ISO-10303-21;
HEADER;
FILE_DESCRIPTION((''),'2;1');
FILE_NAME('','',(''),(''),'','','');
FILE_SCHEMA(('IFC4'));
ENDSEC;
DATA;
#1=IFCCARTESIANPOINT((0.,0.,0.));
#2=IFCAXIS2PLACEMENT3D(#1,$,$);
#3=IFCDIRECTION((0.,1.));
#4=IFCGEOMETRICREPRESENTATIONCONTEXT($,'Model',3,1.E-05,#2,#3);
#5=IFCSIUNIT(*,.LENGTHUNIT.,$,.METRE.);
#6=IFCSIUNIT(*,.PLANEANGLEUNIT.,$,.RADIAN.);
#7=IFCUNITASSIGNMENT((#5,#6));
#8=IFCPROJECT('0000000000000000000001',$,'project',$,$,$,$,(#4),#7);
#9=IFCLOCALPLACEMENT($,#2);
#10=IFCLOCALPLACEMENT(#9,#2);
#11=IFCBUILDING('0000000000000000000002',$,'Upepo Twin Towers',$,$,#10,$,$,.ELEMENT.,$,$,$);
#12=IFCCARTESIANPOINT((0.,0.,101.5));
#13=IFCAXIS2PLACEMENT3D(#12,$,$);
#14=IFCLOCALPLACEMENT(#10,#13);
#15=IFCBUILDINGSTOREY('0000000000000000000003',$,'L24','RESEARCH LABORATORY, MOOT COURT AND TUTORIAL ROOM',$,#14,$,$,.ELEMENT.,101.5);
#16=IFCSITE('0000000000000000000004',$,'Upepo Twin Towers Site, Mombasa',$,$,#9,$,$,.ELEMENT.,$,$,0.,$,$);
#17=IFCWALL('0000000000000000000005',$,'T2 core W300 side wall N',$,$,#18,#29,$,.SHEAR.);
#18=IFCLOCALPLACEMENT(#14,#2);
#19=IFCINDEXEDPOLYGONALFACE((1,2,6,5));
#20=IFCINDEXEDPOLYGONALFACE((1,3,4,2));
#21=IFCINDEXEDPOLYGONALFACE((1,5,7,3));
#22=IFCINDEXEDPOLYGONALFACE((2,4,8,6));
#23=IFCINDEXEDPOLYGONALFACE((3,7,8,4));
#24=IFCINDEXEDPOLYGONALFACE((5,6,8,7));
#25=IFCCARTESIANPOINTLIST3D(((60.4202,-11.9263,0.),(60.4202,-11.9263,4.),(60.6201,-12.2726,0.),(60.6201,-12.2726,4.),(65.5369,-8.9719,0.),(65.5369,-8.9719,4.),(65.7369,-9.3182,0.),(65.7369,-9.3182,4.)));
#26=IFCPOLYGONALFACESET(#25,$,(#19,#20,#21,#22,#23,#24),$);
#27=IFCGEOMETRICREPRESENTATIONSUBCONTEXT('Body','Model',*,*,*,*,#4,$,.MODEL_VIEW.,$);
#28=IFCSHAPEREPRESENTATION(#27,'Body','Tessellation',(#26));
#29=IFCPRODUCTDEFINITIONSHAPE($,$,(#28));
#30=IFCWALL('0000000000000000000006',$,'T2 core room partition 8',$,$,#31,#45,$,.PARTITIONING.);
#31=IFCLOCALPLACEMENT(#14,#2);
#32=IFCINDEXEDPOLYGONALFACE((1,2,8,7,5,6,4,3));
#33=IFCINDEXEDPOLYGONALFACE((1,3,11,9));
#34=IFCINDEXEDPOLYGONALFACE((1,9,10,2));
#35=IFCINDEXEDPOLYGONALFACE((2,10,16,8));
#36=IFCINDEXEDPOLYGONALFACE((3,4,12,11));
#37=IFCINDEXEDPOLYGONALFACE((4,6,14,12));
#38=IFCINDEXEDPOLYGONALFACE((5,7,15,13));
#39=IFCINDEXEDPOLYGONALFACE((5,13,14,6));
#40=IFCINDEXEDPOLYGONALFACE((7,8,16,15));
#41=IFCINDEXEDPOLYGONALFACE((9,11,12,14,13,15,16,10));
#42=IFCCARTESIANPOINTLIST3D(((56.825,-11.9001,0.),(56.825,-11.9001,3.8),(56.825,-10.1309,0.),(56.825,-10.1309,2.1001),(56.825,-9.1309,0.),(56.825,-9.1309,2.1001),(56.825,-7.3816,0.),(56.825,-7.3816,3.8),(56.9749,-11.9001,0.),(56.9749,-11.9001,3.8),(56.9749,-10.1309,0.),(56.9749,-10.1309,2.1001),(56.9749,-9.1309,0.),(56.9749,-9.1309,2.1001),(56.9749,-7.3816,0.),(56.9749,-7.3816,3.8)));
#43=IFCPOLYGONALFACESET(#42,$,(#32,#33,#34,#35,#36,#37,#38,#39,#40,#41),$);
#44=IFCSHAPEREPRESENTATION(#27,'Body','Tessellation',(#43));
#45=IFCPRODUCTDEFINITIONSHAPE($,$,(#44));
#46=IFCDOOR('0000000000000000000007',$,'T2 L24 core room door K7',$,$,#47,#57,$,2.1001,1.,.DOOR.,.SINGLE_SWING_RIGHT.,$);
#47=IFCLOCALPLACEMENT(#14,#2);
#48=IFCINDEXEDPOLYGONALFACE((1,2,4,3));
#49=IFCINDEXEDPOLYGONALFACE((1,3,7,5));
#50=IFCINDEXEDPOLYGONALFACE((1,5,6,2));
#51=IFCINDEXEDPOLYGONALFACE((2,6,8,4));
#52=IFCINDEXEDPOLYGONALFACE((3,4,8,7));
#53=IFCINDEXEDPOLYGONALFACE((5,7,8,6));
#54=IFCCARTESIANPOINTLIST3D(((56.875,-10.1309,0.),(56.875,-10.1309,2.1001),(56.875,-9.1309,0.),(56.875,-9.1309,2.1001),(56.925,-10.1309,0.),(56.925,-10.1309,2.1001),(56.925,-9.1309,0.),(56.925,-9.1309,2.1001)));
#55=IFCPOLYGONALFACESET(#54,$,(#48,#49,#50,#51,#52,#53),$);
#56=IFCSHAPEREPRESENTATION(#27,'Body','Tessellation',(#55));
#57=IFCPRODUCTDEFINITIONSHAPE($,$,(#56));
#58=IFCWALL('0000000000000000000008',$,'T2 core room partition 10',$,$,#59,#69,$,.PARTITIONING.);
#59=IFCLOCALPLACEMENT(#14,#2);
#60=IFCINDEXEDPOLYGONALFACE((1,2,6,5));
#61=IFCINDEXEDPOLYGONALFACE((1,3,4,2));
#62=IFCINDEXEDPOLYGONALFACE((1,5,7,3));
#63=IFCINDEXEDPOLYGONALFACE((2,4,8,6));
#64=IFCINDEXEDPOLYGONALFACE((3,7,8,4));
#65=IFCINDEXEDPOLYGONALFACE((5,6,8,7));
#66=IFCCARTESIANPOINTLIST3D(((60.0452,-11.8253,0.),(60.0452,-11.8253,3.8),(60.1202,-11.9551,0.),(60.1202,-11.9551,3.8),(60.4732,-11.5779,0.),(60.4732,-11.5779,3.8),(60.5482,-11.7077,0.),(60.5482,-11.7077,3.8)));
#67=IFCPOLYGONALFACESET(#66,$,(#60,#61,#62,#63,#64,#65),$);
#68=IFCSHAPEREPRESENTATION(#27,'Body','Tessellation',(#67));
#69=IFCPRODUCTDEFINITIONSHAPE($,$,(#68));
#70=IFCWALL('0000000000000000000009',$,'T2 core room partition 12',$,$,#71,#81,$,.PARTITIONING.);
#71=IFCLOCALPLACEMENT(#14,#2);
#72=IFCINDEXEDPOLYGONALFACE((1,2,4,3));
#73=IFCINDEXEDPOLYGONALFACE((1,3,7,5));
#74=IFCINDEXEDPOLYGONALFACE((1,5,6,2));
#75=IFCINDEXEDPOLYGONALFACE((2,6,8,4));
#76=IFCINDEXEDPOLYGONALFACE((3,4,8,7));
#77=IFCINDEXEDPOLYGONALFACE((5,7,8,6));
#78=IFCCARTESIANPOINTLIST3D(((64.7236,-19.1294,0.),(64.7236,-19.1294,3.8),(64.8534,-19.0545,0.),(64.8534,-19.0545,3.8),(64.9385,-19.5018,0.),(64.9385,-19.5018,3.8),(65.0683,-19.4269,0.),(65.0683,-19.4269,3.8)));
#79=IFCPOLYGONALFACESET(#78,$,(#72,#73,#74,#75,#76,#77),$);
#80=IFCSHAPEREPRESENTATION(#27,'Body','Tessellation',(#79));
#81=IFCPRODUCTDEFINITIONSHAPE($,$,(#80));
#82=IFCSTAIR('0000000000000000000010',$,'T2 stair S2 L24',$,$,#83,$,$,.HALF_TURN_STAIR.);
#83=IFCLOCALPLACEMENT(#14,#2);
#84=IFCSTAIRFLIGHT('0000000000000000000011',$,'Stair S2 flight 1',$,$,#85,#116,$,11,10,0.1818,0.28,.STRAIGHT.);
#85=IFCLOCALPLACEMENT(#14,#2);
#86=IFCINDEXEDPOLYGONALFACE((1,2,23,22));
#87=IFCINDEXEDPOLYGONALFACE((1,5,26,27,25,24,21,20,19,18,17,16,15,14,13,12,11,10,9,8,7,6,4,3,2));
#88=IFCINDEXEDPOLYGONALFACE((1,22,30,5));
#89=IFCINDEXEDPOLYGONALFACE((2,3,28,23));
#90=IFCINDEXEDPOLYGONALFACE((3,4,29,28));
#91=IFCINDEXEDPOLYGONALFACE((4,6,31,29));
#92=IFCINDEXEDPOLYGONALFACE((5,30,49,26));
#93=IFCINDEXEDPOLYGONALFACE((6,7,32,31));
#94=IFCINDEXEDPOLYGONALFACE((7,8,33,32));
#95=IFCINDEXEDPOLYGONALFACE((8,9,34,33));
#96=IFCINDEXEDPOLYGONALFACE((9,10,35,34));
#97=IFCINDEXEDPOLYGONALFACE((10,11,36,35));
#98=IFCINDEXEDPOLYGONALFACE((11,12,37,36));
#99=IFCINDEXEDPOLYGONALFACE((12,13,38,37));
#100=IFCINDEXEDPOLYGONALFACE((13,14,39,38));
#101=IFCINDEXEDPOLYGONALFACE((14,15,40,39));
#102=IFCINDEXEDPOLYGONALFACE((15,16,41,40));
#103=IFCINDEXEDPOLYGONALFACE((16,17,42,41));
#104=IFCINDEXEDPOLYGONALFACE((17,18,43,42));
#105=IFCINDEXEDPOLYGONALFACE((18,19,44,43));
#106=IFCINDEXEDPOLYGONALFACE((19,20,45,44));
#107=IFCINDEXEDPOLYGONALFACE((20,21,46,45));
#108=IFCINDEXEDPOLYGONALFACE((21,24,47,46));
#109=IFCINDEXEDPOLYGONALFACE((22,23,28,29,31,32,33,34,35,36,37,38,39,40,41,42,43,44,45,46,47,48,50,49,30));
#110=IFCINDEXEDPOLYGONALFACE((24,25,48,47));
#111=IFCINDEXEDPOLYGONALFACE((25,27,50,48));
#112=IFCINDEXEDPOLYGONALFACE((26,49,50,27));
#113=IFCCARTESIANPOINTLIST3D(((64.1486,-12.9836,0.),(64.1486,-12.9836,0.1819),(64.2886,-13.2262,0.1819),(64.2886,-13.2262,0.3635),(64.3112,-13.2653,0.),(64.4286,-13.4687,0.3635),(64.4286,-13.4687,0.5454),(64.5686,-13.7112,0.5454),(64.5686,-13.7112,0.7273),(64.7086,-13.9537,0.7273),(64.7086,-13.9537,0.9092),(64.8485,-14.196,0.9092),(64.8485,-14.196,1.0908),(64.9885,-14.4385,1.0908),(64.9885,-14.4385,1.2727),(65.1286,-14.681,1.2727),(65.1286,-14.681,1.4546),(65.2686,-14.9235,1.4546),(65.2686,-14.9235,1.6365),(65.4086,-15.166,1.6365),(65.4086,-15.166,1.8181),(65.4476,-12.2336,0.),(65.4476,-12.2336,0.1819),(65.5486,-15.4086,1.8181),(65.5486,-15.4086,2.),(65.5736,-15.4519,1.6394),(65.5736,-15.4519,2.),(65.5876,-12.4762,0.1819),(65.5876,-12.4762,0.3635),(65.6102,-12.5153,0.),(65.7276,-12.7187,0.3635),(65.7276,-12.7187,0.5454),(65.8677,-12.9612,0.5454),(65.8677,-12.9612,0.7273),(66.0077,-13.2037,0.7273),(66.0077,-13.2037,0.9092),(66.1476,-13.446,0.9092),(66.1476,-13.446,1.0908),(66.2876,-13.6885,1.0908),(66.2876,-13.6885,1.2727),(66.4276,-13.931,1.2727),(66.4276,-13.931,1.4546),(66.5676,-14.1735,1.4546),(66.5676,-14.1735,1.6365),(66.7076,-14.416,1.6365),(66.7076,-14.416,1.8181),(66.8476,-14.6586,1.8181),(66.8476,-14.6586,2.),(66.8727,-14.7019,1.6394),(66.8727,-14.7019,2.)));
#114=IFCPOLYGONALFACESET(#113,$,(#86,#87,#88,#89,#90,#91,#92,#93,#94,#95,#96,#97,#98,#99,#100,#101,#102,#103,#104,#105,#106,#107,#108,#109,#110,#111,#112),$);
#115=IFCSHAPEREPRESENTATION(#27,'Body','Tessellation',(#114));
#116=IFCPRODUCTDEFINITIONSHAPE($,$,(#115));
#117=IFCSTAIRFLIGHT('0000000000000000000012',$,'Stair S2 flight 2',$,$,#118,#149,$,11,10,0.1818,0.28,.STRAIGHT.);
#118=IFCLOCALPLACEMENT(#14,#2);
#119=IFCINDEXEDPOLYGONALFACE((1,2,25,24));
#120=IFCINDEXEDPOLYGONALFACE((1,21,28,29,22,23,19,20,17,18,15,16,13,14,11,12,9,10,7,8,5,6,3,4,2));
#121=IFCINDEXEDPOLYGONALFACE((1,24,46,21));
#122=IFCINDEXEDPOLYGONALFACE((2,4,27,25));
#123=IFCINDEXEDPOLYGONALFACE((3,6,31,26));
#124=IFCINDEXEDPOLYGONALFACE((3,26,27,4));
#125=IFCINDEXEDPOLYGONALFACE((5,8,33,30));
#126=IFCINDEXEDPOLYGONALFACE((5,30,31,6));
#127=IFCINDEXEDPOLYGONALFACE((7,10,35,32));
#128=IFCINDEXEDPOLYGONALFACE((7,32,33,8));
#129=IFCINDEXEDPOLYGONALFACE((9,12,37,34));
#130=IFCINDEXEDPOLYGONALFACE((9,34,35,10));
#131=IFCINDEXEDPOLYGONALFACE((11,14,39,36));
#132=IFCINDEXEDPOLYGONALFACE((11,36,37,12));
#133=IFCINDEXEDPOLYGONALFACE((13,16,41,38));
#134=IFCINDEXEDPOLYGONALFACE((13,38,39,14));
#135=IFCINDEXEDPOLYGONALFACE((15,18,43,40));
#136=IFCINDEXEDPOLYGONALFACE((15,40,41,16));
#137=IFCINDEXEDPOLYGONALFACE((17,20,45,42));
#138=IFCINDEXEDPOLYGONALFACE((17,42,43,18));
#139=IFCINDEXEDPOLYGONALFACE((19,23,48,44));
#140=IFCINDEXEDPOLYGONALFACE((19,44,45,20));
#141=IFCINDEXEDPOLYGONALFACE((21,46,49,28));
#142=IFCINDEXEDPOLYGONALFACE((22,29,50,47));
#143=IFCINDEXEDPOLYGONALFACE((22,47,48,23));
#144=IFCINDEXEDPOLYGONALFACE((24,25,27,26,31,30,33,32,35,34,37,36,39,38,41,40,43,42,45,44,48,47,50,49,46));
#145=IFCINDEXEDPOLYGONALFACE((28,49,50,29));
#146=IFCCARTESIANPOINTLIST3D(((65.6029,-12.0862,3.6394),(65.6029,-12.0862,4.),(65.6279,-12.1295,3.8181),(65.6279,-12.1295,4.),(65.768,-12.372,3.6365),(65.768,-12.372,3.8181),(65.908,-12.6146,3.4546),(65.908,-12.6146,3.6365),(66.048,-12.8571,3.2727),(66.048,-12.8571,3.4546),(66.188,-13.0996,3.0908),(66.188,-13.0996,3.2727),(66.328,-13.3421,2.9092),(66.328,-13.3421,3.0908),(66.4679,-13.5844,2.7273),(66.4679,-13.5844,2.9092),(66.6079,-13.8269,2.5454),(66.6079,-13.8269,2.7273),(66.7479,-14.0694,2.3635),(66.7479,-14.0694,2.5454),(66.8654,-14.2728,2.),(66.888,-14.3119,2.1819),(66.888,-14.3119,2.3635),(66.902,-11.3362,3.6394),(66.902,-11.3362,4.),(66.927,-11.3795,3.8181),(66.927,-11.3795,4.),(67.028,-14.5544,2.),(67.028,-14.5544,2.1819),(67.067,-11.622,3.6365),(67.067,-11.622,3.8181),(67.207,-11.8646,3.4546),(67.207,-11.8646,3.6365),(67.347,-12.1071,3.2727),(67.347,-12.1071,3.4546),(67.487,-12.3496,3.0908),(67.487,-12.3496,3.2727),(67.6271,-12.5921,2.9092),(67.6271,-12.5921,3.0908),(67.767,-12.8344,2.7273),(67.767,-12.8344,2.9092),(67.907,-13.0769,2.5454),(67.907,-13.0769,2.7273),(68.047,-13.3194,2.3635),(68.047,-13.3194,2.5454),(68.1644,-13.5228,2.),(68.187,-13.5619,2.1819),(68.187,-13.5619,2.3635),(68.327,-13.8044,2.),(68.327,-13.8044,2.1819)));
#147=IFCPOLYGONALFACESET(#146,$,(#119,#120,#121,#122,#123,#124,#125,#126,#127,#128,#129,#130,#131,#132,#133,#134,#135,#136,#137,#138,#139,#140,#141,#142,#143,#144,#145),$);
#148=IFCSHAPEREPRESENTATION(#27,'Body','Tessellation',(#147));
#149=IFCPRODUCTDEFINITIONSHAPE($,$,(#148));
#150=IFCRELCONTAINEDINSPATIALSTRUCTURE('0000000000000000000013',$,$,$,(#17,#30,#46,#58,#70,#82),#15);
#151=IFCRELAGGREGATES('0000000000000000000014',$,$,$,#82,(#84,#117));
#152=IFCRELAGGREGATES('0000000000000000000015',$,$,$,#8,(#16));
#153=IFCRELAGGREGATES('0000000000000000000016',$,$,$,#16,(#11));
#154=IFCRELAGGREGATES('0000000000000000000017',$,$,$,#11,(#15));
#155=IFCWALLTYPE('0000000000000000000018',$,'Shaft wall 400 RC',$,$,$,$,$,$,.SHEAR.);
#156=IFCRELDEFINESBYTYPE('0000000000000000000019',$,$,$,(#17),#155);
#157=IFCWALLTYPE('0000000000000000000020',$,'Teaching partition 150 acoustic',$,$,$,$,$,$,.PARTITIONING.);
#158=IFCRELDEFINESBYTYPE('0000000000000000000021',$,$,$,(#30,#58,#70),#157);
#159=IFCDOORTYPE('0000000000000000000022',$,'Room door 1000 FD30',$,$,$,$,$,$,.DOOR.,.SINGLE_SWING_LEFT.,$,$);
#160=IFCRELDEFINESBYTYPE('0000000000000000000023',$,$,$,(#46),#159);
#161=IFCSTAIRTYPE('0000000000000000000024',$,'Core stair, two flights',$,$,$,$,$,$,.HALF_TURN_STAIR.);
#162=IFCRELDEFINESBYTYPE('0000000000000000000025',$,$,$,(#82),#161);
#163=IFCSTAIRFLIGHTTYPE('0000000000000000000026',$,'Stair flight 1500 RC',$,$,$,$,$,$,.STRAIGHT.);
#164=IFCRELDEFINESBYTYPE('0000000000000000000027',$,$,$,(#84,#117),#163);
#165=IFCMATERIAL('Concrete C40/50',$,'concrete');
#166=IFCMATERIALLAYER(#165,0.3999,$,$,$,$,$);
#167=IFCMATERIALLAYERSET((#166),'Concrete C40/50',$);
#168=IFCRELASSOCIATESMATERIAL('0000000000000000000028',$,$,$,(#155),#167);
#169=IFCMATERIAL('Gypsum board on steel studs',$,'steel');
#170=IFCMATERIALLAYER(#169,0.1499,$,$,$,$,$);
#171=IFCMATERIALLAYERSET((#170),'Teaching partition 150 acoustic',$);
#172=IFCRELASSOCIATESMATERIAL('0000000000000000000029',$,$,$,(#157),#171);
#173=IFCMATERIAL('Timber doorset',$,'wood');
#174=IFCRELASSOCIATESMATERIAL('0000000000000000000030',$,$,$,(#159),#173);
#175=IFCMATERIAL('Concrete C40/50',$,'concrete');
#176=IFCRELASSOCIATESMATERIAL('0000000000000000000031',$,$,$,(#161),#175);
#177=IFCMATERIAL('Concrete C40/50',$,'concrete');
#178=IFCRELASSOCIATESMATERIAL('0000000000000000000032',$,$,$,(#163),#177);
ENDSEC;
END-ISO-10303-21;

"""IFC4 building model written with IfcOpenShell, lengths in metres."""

from ifc_helpers import new_model, si_unit, direction, frame, frame_2d, origin, place, context, subcontext, project, spatial, polyline, rectangle, outline, extrude, material, layer, layer_set, type_object, element, fill, aggregate, save


model = new_model("IFC4")

# Units and contexts
model_context = context("Model", 3, precision=1e-05, world=origin(), true_north=direction((0.0, 1.0)))
body_context = subcontext(model_context, "Body", "Model", "MODEL_VIEW")
ifc_project = project(units=[si_unit("LENGTHUNIT", "METRE"), si_unit("PLANEANGLEUNIT", "RADIAN")], contexts=[model_context])

# Site, building, storey
site_placement = place(None, origin())
site = spatial("IfcSite", under=ifc_project, at=site_placement, Name="Upepo Twin Towers Site, Mombasa", CompositionType="ELEMENT", RefElevation=0.0)
building_placement = place(site_placement, origin())
building = spatial("IfcBuilding", under=site, at=building_placement, Name="Upepo Twin Towers", CompositionType="ELEMENT")
storey_placement = place(building_placement, frame((0.0, 0.0, 101.5)))
storey = spatial("IfcBuildingStorey", under=building, at=storey_placement, Name="L24", Description="RESEARCH LABORATORY, MOOT COURT AND TUTORIAL ROOM", CompositionType="ELEMENT", Elevation=101.5)

# Wall
ifc_material_1 = material(Name="Concrete C40/50", Category="concrete")
ifc_layer_1 = layer(ifc_material_1, 0.3999)
ifc_layer_set_1 = layer_set([ifc_layer_1], Name="Concrete C40/50")
wall_type_1 = type_object("IfcWallType", Name="Shaft wall 400 RC", PredefinedType="SHEAR", material=ifc_layer_set_1)
wall_1_placement = place(storey_placement, frame((60.5203, -12.0994, 0.0), z_axis=(0.0, 0.0, 1.0), x_axis=(0.866009, 0.500028, 0.0)))
element("IfcWall", 1, at=wall_1_placement, inside=storey, type_object=wall_type_1, Name="T2 core W300 side wall N", PredefinedType="SHEAR", context=body_context, shape_type="SweptSolid", body=[
    extrude(rectangle(XDim=5.9084, YDim=0.3999, at=frame_2d((2.9541, 0.0))), origin(), (0.0, 0.0, 1.0), 4.0),
])

# Wall, opening, door
ifc_material_2 = material(Name="Gypsum board on steel studs", Category="steel")
ifc_layer_2 = layer(ifc_material_2, 0.1499)
ifc_layer_set_2 = layer_set([ifc_layer_2], Name="Teaching partition 150 acoustic")
wall_type_2 = type_object("IfcWallType", Name="Teaching partition 150 acoustic", PredefinedType="PARTITIONING", material=ifc_layer_set_2)
wall_2_placement = place(storey_placement, frame((56.8999, -11.9001, 0.0), z_axis=(0.0, 0.0, 1.0), x_axis=(0.0, 1.0, 0.0)))
wall_2 = element("IfcWall", 2, at=wall_2_placement, inside=storey, type_object=wall_type_2, Name="T2 core room partition 8", PredefinedType="PARTITIONING", context=body_context, shape_type="SweptSolid", body=[
    extrude(rectangle(XDim=4.5186, YDim=0.1499, at=frame_2d((2.2593, 0.0))), origin(), (0.0, 0.0, 1.0), 3.8),
])
opening_1_placement = place(wall_2_placement, frame((1.7693, 0.0, 0.0)))
opening_1 = element("IfcOpeningElement", 3, at=opening_1_placement, cuts=wall_2, PredefinedType="OPENING", context=body_context, shape_type="SweptSolid", body=[
    extrude(rectangle(XDim=1.0, YDim=2.1001, at=frame_2d((0.5, 1.05))), frame((0.0, 0.085, 0.0), z_axis=(0.0, -1.0, 0.0), x_axis=(1.0, 0.0, 0.0)), (0.0, 0.0, 1.0), 0.1699),
])
ifc_material_3 = material(Name="Timber doorset", Category="wood")
door_type_1 = type_object("IfcDoorType", Name="Room door 1000 FD30", OperationType="SINGLE_SWING_LEFT", PredefinedType="DOOR", material=ifc_material_3)
door_1_placement = place(opening_1_placement, origin())
door_1 = element("IfcDoor", 4, at=door_1_placement, inside=storey, type_object=door_type_1, Name="T2 L24 core room door K7", OperationType="SINGLE_SWING_RIGHT", OverallHeight=2.1001, OverallWidth=1.0, PredefinedType="DOOR", context=body_context, shape_type="SweptSolid", body=[
    extrude(rectangle(XDim=1.0, YDim=2.1001, at=frame_2d((0.5, 1.05))), frame((0.0, 0.0249, 0.0), z_axis=(0.0, -1.0, 0.0), x_axis=(1.0, 0.0, 0.0)), (0.0, 0.0, 1.0), 0.05),
])
fill(opening_1, door_1)

# Walls
wall_3_placement = place(storey_placement, frame((60.0828, -11.8901, 0.0), z_axis=(0.0, 0.0, 1.0), x_axis=(0.865832, 0.500335, 0.0)))
element("IfcWall", 5, at=wall_3_placement, inside=storey, type_object=wall_type_2, Name="T2 core room partition 10", PredefinedType="PARTITIONING", context=body_context, shape_type="SweptSolid", body=[
    extrude(rectangle(XDim=0.4944, YDim=0.1499, at=frame_2d((0.2471, 0.0))), origin(), (0.0, 0.0, 1.0), 3.8),
])
wall_4_placement = place(storey_placement, frame((64.7886, -19.092, 0.0), z_axis=(0.0, 0.0, 1.0), x_axis=(0.499804, -0.866138, 0.0)))
element("IfcWall", 6, at=wall_4_placement, inside=storey, type_object=wall_type_2, Name="T2 core room partition 12", PredefinedType="PARTITIONING", context=body_context, shape_type="SweptSolid", body=[
    extrude(rectangle(XDim=0.4299, YDim=0.1499, at=frame_2d((0.2148, 0.0))), origin(), (0.0, 0.0, 1.0), 3.8),
])

# Stair, stair flights
ifc_material_4 = material(Name="Concrete C40/50", Category="concrete")
stair_type = type_object("IfcStairType", Name="Core stair, two flights", PredefinedType="HALF_TURN_STAIR", material=ifc_material_4)
stair_placement = place(storey_placement, origin())
stair = element("IfcStair", 7, at=stair_placement, inside=storey, type_object=stair_type, Name="T2 stair S2 L24", PredefinedType="HALF_TURN_STAIR")
ifc_material_5 = material(Name="Concrete C40/50", Category="concrete")
stair_flight_type = type_object("IfcStairFlightType", Name="Stair flight 1500 RC", PredefinedType="STRAIGHT", material=ifc_material_5)
stair_flight_1_placement = place(storey_placement, frame((64.7981, -12.6086, 0.0), z_axis=(0.0, 0.0, 1.0), x_axis=(0.5, -0.866025, 0.0)))
stair_flight_1 = element("IfcStairFlight", 8, at=stair_flight_1_placement, type_object=stair_flight_type, Name="Stair S2 flight 1", NumberOfRisers=11, NumberOfTreads=10, PredefinedType="STRAIGHT", RiserHeight=0.1818, TreadLength=0.28, context=body_context, shape_type="SweptSolid", body=[
    extrude(outline(polyline([(0.0, 0.0), (0.0, 0.1819), (0.28, 0.1819), (0.28, 0.3635), (0.5601, 0.3635), (0.5601, 0.5454), (0.8401, 0.5454), (0.8401, 0.7273), (1.1201, 0.7273), (1.1201, 0.9092), (1.3999, 0.9092), (1.3999, 1.0908), (1.6799, 1.0908), (1.6799, 1.2727), (1.96, 1.2727), (1.96, 1.4546), (2.24, 1.4546), (2.24, 1.6365), (2.52, 1.6365), (2.52, 1.8181), (2.8, 1.8181), (2.8, 2.0), (2.8501, 2.0), (2.8501, 1.6394), (0.3252, 0.0), (0.0, 0.0)])), frame((0.0, 0.75, 0.0), z_axis=(0.0, -1.0, 0.0), x_axis=(1.0, 0.0, 0.0)), (0.0, 0.0, 1.0), 1.5),
])
stair_flight_2_placement = place(storey_placement, frame((67.6775, -14.1794, 2.0), z_axis=(0.0, 0.0, 1.0), x_axis=(-0.5, 0.866025, 0.0)))
stair_flight_2 = element("IfcStairFlight", 9, at=stair_flight_2_placement, type_object=stair_flight_type, Name="Stair S2 flight 2", NumberOfRisers=11, NumberOfTreads=10, PredefinedType="STRAIGHT", RiserHeight=0.1818, TreadLength=0.28, context=body_context, shape_type="SweptSolid", body=[
    extrude(outline(polyline([(0.0, 0.0), (0.0, 0.1819), (0.28, 0.1819), (0.28, 0.3635), (0.5601, 0.3635), (0.5601, 0.5454), (0.8401, 0.5454), (0.8401, 0.7273), (1.1201, 0.7273), (1.1201, 0.9092), (1.3999, 0.9092), (1.3999, 1.0908), (1.6799, 1.0908), (1.6799, 1.2727), (1.96, 1.2727), (1.96, 1.4546), (2.24, 1.4546), (2.24, 1.6365), (2.52, 1.6365), (2.52, 1.8181), (2.8, 1.8181), (2.8, 2.0), (2.8501, 2.0), (2.8501, 1.6394), (0.3252, 0.0), (0.0, 0.0)])), frame((0.0, 0.75, 0.0), z_axis=(0.0, -1.0, 0.0), x_axis=(1.0, 0.0, 0.0)), (0.0, 0.0, 1.0), 1.5),
])
aggregate(stair, [stair_flight_1, stair_flight_2])

save(model, "model.ifc")
